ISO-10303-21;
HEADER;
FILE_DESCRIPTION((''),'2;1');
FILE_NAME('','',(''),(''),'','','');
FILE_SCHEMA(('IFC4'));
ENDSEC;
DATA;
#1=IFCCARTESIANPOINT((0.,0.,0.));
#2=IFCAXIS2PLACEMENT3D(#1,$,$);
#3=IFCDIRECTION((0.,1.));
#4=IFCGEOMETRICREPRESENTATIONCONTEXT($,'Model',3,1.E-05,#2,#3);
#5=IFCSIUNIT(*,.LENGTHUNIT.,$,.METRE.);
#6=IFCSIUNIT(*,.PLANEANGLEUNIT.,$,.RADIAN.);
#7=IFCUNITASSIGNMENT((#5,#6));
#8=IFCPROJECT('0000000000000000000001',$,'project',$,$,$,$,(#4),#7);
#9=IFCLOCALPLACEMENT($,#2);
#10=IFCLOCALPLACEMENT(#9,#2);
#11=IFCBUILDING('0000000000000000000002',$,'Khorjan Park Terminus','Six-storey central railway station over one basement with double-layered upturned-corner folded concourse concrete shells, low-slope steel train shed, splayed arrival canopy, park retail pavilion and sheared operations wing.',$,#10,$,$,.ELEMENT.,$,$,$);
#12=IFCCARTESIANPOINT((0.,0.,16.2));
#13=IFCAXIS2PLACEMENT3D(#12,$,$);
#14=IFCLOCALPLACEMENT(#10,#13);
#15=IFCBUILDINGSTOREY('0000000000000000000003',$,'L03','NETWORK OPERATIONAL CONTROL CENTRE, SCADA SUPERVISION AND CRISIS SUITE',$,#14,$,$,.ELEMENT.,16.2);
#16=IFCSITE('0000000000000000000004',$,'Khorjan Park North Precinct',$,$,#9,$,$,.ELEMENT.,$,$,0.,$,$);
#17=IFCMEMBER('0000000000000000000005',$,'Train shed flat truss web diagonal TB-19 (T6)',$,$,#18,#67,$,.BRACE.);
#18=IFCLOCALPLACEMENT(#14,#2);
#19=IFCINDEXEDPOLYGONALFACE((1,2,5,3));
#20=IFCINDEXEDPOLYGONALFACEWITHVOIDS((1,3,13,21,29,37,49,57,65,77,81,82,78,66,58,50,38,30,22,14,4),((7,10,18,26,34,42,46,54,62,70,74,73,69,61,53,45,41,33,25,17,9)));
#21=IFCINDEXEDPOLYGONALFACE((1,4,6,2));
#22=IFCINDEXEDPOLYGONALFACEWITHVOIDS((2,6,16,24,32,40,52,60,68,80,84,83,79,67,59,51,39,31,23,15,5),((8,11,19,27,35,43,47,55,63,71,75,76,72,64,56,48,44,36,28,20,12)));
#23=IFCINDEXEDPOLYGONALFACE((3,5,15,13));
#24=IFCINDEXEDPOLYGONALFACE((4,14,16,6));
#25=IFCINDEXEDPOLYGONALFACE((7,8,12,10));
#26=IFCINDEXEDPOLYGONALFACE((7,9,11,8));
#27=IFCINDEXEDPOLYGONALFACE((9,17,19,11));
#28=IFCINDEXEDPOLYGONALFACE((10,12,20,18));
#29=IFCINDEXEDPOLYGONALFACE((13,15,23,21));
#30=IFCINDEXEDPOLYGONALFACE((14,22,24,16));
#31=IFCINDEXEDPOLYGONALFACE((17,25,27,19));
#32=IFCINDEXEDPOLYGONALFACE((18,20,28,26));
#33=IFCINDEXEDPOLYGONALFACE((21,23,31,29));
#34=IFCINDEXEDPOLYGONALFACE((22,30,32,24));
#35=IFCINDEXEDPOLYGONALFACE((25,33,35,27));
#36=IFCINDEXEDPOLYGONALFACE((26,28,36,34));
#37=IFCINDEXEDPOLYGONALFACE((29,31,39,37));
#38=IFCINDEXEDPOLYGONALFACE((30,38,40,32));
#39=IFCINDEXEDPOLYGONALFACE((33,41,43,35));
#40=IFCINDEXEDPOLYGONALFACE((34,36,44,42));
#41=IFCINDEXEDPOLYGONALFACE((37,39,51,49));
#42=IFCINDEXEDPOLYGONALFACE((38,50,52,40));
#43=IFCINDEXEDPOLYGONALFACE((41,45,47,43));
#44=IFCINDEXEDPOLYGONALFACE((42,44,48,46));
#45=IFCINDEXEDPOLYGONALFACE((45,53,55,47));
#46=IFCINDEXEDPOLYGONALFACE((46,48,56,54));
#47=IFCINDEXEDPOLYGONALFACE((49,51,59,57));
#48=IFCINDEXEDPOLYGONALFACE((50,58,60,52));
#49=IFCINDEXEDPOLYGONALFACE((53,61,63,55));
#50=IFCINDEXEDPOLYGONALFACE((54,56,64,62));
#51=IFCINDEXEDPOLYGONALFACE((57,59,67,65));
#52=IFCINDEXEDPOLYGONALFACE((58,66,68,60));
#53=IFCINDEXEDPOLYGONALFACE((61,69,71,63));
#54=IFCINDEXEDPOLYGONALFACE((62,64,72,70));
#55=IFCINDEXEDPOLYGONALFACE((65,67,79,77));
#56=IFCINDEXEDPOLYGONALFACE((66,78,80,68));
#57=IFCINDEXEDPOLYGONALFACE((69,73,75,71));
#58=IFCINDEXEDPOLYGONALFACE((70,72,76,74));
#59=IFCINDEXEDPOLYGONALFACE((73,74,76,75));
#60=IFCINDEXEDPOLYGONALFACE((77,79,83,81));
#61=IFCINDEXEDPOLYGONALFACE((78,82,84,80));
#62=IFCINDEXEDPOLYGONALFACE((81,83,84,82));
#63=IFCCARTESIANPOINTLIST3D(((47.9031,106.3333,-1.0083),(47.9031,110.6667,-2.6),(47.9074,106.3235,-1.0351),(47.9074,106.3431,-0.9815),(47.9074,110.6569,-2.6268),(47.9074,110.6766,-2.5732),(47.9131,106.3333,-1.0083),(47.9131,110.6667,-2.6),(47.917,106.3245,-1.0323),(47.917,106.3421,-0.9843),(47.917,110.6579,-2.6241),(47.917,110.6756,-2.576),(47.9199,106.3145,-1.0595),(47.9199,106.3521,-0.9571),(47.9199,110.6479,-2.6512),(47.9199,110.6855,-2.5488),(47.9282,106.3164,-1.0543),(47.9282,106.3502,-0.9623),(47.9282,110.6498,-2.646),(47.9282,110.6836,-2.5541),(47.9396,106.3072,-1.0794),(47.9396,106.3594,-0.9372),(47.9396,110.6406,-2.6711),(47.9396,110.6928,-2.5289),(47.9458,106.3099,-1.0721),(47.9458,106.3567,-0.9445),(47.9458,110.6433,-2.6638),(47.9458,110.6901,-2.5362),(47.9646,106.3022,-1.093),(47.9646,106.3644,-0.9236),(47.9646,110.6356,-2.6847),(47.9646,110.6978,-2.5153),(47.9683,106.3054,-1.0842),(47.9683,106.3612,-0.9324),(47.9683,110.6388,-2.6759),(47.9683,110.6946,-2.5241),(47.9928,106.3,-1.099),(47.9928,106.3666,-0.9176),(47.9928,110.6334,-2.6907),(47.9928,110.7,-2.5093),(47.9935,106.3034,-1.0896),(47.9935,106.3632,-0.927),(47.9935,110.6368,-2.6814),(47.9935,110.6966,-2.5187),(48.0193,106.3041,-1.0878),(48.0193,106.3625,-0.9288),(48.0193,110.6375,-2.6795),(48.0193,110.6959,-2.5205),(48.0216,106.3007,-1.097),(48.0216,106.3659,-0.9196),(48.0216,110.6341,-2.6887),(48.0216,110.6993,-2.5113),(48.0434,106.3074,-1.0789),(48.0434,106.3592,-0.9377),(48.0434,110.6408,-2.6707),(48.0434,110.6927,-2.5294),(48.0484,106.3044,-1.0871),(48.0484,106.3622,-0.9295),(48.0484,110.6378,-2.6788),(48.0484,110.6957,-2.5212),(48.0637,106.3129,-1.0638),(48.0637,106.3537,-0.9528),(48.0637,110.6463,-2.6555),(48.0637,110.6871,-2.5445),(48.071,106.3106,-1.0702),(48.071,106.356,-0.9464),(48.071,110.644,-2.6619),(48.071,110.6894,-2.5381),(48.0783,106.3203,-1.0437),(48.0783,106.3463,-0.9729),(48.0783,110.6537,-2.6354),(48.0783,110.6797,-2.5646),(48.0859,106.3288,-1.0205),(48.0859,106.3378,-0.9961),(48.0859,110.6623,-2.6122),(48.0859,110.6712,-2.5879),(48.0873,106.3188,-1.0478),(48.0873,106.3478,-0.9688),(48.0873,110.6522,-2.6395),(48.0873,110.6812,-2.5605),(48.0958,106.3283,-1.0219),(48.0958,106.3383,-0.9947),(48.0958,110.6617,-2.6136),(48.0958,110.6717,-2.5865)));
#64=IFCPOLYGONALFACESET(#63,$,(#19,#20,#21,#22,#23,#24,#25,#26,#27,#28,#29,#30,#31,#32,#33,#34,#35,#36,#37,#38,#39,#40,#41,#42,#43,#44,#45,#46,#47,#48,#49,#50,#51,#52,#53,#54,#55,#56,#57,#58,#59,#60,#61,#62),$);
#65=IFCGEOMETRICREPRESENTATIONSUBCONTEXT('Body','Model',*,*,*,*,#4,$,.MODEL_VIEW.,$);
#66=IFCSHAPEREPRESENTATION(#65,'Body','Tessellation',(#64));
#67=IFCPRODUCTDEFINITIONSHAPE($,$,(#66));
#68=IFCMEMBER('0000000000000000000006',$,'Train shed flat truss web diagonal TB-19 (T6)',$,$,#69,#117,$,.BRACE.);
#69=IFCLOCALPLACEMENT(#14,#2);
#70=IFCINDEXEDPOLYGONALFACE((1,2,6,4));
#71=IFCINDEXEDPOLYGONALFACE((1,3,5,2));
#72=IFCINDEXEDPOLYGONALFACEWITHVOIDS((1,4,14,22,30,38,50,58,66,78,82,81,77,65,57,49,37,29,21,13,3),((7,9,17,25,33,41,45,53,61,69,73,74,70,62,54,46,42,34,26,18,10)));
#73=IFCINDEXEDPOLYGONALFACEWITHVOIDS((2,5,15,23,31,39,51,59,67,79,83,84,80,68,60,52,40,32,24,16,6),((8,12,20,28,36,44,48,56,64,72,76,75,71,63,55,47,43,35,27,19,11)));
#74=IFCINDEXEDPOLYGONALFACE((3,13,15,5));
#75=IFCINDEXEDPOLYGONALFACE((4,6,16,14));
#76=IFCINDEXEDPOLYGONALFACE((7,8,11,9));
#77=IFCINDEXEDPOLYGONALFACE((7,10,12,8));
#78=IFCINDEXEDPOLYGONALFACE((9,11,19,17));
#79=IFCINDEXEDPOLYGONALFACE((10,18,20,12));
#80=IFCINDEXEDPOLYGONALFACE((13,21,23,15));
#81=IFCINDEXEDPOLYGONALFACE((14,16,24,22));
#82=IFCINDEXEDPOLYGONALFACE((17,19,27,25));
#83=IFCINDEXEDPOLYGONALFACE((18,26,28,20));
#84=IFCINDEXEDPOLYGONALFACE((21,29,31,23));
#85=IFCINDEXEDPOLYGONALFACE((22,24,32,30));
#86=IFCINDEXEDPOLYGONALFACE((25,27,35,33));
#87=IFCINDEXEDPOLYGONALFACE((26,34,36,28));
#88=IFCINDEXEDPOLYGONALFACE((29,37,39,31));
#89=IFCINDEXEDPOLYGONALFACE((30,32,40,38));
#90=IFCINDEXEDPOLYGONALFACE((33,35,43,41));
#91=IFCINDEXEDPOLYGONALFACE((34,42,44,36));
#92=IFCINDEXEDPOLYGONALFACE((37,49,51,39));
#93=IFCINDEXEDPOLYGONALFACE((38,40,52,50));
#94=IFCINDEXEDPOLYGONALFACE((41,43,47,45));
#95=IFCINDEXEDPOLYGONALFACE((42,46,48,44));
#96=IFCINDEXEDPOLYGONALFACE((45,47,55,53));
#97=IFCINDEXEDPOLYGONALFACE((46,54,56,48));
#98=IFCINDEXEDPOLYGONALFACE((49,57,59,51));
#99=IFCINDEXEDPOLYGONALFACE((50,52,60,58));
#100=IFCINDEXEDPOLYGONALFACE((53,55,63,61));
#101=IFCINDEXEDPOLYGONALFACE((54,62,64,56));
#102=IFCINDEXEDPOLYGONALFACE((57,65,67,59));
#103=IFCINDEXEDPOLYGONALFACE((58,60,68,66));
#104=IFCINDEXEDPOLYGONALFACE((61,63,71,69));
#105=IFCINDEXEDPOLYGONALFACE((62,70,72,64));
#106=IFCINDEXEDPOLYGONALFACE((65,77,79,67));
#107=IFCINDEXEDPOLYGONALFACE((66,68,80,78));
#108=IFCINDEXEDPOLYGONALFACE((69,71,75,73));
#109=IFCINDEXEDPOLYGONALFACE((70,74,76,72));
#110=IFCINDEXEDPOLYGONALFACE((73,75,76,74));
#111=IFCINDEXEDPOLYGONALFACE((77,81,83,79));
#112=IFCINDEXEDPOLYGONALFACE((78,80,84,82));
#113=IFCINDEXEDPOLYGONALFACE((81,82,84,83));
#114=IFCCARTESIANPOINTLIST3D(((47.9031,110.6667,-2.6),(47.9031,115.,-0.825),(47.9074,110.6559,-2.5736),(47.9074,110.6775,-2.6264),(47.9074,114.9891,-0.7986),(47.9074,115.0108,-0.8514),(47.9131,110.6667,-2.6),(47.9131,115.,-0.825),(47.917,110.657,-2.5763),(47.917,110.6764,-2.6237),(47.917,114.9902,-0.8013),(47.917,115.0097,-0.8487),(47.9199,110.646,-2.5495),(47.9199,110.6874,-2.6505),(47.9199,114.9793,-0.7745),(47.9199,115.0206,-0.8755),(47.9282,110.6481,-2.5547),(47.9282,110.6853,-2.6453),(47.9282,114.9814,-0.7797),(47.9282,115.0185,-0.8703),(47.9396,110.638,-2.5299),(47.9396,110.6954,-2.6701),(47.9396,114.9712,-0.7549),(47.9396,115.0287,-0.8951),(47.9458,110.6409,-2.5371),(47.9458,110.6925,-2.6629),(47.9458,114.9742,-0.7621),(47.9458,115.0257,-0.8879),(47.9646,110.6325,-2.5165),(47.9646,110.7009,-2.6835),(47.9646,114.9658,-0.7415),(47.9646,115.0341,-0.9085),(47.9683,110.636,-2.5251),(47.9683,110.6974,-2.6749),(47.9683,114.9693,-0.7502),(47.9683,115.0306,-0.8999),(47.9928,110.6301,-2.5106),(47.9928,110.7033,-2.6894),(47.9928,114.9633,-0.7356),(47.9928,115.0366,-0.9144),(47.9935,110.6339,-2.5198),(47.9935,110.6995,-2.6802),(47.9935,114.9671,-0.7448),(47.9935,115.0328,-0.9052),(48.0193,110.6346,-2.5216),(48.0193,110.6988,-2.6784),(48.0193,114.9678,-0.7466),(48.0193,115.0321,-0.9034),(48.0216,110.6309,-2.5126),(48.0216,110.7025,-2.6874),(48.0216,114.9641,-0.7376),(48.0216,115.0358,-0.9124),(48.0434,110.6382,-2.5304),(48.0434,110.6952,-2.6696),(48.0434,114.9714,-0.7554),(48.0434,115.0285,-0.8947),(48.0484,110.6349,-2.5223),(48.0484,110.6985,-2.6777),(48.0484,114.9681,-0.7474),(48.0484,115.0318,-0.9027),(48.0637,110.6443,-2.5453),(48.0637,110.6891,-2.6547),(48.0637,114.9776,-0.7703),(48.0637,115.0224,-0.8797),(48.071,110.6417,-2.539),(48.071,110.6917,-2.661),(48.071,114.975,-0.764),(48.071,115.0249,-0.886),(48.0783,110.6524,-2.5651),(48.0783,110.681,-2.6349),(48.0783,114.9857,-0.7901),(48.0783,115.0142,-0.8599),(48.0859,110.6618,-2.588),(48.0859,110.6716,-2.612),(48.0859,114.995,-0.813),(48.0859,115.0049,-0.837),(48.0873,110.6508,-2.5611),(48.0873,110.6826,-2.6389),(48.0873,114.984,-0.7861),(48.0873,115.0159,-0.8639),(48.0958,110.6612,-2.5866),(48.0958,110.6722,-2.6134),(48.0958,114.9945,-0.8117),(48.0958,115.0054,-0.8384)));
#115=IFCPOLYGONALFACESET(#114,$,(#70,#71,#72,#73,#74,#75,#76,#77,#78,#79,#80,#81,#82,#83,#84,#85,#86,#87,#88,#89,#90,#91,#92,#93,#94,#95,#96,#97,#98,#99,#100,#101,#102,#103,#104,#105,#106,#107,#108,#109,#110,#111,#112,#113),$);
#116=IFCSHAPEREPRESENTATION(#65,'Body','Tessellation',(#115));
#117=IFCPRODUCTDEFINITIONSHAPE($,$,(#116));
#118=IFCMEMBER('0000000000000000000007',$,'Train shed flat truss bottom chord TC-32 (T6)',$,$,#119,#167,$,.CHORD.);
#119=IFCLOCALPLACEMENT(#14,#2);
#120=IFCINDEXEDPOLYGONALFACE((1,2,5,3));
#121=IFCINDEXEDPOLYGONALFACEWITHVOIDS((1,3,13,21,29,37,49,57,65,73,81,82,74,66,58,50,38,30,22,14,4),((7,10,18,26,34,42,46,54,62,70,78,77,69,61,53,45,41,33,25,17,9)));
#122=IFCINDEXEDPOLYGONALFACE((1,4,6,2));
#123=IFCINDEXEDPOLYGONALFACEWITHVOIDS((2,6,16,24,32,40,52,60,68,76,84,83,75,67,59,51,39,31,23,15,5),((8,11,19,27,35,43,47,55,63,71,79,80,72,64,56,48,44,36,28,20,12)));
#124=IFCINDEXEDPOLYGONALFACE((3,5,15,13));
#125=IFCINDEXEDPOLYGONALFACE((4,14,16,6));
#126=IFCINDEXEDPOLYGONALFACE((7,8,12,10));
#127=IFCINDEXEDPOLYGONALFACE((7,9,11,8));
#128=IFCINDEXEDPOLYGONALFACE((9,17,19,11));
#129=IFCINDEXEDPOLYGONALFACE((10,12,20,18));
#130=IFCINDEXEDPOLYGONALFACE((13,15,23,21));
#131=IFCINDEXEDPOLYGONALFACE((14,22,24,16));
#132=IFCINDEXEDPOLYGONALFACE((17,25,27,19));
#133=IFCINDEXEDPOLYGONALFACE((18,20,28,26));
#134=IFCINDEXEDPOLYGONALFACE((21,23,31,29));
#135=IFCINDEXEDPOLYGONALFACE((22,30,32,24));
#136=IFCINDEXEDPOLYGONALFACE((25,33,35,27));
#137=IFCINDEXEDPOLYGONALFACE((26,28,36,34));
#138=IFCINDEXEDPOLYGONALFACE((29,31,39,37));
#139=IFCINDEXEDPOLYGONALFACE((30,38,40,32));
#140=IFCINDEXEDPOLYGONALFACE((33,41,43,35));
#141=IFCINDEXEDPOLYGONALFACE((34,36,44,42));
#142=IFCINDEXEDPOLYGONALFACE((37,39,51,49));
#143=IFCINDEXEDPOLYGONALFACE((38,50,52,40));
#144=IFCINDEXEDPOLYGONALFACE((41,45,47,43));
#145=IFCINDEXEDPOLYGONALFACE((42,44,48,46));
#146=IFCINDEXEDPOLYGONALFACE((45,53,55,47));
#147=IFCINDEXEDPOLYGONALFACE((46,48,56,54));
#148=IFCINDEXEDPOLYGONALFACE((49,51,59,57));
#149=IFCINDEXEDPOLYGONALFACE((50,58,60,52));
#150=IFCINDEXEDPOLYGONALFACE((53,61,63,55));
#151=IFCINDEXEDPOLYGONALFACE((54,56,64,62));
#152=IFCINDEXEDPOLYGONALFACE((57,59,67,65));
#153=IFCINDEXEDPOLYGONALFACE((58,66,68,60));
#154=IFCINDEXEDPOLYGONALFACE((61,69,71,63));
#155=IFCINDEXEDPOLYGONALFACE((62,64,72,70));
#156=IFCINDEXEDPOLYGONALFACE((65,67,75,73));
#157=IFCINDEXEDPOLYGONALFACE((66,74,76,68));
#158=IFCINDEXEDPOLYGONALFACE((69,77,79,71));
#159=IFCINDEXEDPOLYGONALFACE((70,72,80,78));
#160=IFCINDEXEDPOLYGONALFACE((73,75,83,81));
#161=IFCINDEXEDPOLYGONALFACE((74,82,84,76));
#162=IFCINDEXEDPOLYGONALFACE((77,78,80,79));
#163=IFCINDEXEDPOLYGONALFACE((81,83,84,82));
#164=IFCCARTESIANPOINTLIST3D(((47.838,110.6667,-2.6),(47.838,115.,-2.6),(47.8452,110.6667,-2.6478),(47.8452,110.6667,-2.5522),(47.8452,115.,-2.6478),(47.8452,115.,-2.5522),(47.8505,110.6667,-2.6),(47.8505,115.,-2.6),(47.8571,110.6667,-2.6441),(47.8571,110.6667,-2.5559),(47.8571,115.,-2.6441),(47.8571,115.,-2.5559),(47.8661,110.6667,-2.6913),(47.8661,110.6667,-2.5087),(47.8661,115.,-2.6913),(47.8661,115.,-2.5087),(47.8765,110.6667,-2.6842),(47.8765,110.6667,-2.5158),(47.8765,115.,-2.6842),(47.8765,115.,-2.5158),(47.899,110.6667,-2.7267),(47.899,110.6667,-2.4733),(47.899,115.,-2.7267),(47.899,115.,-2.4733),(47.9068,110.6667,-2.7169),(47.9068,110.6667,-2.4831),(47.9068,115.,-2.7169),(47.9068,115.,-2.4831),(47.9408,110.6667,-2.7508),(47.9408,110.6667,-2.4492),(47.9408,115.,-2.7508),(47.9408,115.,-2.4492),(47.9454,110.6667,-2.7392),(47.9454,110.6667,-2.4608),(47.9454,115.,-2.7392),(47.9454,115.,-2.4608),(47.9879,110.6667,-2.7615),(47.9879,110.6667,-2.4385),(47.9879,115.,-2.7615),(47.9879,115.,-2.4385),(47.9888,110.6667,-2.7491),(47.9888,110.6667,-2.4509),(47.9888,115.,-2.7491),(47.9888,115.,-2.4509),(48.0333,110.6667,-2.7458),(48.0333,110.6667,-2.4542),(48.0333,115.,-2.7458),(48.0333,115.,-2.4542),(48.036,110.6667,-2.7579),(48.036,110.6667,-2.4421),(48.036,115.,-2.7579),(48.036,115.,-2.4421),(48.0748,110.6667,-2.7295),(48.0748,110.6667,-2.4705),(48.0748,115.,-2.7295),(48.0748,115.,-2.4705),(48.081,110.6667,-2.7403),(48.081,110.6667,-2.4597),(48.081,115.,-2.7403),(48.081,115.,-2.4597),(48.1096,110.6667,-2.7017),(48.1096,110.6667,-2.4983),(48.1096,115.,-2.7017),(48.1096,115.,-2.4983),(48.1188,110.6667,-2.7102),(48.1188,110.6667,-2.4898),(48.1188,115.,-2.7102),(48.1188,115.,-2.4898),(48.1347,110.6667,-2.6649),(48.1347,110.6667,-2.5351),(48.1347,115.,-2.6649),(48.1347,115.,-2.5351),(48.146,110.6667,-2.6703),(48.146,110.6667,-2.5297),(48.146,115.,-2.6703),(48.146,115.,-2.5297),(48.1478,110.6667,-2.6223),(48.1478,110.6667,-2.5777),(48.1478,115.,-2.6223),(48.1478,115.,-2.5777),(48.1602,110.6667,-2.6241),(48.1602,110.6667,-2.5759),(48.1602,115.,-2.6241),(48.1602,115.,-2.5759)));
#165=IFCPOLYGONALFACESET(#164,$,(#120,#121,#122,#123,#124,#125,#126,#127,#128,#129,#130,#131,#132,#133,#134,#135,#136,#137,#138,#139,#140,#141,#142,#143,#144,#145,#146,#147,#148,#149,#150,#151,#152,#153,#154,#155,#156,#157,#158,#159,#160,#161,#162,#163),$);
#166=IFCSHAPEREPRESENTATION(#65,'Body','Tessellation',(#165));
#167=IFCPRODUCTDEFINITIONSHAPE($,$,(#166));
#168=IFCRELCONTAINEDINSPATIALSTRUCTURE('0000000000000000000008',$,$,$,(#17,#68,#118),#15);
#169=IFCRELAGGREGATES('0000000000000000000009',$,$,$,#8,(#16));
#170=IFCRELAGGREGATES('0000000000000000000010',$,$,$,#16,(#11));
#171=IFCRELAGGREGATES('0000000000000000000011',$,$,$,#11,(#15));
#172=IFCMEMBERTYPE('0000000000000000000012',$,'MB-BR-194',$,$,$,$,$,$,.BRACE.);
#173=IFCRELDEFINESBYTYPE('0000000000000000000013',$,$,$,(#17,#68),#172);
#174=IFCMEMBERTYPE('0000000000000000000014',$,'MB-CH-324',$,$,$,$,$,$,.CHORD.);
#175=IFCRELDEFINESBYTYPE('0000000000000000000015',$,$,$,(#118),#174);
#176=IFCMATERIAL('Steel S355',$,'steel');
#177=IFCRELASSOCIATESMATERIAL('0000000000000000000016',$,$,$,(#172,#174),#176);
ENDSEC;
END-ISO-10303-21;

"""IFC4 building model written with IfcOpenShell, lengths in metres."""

from ifc_helpers import new_model, si_unit, direction, frame, origin, origin_2d, place, context, subcontext, project, spatial, hollow_circle, extrude, material, material_profile, profile_set, type_object, element, save


model = new_model("IFC4")

# Units and contexts
model_context = context("Model", 3, precision=1e-05, world=origin(), true_north=direction((0.0, 1.0)))
body_context = subcontext(model_context, "Body", "Model", "MODEL_VIEW")
ifc_project = project(units=[si_unit("LENGTHUNIT", "METRE"), si_unit("PLANEANGLEUNIT", "RADIAN")], contexts=[model_context])

# Site, building, storey
site_placement = place(None, origin())
site = spatial("IfcSite", under=ifc_project, at=site_placement, Name="Khorjan Park North Precinct", CompositionType="ELEMENT", RefElevation=0.0)
building_placement = place(site_placement, origin())
building = spatial("IfcBuilding", under=site, at=building_placement, Name="Khorjan Park Terminus", Description="Six-storey central railway station over one basement with double-layered upturned-corner folded concourse concrete shells, low-slope steel train shed, splayed arrival canopy, park retail pavilion and sheared operations wing.", CompositionType="ELEMENT")
storey_placement = place(building_placement, frame((0.0, 0.0, 16.2)))
storey = spatial("IfcBuildingStorey", under=building, at=storey_placement, Name="L03", Description="NETWORK OPERATIONAL CONTROL CENTRE, SCADA SUPERVISION AND CRISIS SUITE", CompositionType="ELEMENT", Elevation=16.2)

# Members
ifc_material = material(Name="Steel S355", Category="steel")
ifc_material_profile_1 = material_profile(ifc_material, hollow_circle(Radius=0.0969, WallThickness=0.01, at=origin_2d()), Name="CHS 193.7x10")
ifc_profile_set_1 = profile_set([ifc_material_profile_1], Name="Steel S355")
member_type_1 = type_object("IfcMemberType", Name="MB-BR-194", PredefinedType="BRACE", material=ifc_profile_set_1)
member_1_placement = place(storey_placement, frame((48.0, 106.3333, -1.0083), z_axis=(0.0, 0.938681, -0.344787), x_axis=(-1.0, 0.0, 0.0)))
element("IfcMember", 1, at=member_1_placement, inside=storey, type_object=member_type_1, Name="Train shed flat truss web diagonal TB-19 (T6)", PredefinedType="BRACE", context=body_context, shape_type="SweptSolid", body=[
    extrude(hollow_circle(Radius=0.0969, WallThickness=0.01, at=origin_2d()), origin(), (0.0, 0.0, 1.0), 4.6165),
])
member_2_placement = place(storey_placement, frame((48.0, 110.6667, -2.6), z_axis=(0.0, 0.925376, 0.379051), x_axis=(-1.0, 0.0, 0.0)))
element("IfcMember", 2, at=member_2_placement, inside=storey, type_object=member_type_1, Name="Train shed flat truss web diagonal TB-19 (T6)", PredefinedType="BRACE", context=body_context, shape_type="SweptSolid", body=[
    extrude(hollow_circle(Radius=0.0969, WallThickness=0.01, at=origin_2d()), origin(), (0.0, 0.0, 1.0), 4.6827),
])
ifc_material_profile_2 = material_profile(ifc_material, hollow_circle(Radius=0.162, WallThickness=0.0125, at=origin_2d()), Name="CHS 323.9x12.5")
ifc_profile_set_2 = profile_set([ifc_material_profile_2], Name="Steel S355")
member_type_2 = type_object("IfcMemberType", Name="MB-CH-324", PredefinedType="CHORD", material=ifc_profile_set_2)
for number, where, z_axis, x_axis, name in (
    (3, (48.0, 110.6667, -2.6), (0.0, 1.0, 0.0), (-1.0, 0.0, 0.0), "Train shed flat truss bottom chord TC-32 (T6)"),
):
    element("IfcMember", number, at=place(storey_placement, frame(where, z_axis=z_axis, x_axis=x_axis)), inside=storey, type_object=member_type_2, Name=name, PredefinedType="CHORD", context=body_context, shape_type="SweptSolid", body=[
        extrude(hollow_circle(Radius=0.162, WallThickness=0.0125, at=origin_2d()), origin(), (0.0, 0.0, 1.0), 4.3333),
    ])

save(model, "model.ifc")
